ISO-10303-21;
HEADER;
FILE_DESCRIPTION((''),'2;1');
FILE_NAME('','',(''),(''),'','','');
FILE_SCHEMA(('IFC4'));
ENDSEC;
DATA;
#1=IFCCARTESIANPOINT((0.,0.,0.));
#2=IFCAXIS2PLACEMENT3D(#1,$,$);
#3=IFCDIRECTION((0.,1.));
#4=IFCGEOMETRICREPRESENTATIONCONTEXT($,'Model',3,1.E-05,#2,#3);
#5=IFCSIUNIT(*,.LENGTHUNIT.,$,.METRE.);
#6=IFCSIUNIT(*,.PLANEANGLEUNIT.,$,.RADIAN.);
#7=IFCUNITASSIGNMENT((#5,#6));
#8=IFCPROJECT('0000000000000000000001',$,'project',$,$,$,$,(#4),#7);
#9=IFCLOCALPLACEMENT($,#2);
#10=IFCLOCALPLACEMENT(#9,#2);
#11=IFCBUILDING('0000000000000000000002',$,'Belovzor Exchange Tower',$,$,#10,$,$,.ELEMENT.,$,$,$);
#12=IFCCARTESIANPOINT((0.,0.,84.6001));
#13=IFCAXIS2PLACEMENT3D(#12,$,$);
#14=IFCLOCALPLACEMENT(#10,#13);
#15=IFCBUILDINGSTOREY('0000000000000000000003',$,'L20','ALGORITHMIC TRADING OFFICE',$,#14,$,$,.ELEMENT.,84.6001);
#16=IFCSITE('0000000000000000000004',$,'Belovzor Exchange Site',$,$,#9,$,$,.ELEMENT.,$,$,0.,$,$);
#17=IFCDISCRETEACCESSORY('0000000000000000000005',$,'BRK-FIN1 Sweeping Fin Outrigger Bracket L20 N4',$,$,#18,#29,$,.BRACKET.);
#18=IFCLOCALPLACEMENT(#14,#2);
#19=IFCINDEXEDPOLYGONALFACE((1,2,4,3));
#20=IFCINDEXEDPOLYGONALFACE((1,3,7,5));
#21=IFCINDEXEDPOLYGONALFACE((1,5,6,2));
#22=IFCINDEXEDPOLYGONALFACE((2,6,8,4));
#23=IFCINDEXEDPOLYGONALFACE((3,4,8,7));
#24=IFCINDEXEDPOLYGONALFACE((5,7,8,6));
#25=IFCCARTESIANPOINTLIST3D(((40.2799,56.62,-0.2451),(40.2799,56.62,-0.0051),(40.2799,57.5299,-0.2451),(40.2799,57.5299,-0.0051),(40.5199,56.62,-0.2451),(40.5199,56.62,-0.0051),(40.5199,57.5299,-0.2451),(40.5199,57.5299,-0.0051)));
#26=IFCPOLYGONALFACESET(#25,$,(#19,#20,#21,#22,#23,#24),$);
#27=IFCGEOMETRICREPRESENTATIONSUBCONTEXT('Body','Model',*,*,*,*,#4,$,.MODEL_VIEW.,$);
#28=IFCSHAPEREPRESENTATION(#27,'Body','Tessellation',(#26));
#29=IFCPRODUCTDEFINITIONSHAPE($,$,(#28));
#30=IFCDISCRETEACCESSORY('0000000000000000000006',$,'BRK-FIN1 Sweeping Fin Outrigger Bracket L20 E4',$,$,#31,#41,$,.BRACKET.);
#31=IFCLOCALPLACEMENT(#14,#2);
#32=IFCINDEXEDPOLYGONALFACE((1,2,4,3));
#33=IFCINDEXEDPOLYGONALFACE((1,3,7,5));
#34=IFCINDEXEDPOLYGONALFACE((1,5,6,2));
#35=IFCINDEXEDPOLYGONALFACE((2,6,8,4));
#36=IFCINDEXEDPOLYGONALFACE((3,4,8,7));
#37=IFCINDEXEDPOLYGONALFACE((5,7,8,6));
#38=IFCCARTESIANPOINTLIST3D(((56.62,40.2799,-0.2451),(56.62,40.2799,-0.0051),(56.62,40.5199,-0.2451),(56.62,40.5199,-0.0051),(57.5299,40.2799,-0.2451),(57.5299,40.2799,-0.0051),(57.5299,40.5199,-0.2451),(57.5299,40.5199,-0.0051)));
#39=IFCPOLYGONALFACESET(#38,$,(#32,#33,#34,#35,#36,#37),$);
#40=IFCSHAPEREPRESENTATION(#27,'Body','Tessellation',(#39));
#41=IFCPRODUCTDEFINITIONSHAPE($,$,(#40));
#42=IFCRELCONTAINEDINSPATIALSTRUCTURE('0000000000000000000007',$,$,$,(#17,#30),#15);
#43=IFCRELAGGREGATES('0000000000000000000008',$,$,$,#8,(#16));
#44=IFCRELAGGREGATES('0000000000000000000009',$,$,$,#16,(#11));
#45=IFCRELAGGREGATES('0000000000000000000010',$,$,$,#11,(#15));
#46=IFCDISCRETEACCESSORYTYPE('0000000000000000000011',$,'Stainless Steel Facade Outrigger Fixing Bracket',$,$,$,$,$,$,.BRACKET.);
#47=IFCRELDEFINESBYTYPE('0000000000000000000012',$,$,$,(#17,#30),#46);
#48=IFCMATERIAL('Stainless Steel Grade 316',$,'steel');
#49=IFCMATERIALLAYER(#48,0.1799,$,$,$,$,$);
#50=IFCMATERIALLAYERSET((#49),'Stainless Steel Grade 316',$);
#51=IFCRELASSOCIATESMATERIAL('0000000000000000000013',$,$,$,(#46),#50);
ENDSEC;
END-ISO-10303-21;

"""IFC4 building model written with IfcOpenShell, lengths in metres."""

from ifc_helpers import new_model, si_unit, direction, frame, origin, origin_2d, place, context, subcontext, project, spatial, rectangle, extrude, material, layer, layer_set, type_object, element, save


model = new_model("IFC4")

# Units and contexts
model_context = context("Model", 3, precision=1e-05, world=origin(), true_north=direction((0.0, 1.0)))
body_context = subcontext(model_context, "Body", "Model", "MODEL_VIEW")
ifc_project = project(units=[si_unit("LENGTHUNIT", "METRE"), si_unit("PLANEANGLEUNIT", "RADIAN")], contexts=[model_context])

# Site, building, storey
site_placement = place(None, origin())
site = spatial("IfcSite", under=ifc_project, at=site_placement, Name="Belovzor Exchange Site", CompositionType="ELEMENT", RefElevation=0.0)
building_placement = place(site_placement, origin())
building = spatial("IfcBuilding", under=site, at=building_placement, Name="Belovzor Exchange Tower", CompositionType="ELEMENT")
storey_placement = place(building_placement, frame((0.0, 0.0, 84.6001)))
storey = spatial("IfcBuildingStorey", under=building, at=storey_placement, Name="L20", Description="ALGORITHMIC TRADING OFFICE", CompositionType="ELEMENT", Elevation=84.6001)

# Discrete accessories
ifc_material_1 = material(Name="Stainless Steel Grade 316", Category="steel")
ifc_layer_1 = layer(ifc_material_1, 0.1799)
ifc_layer_set_1 = layer_set([ifc_layer_1], Name="Stainless Steel Grade 316")
discrete_accessory_type = type_object("IfcDiscreteAccessoryType", Name="Stainless Steel Facade Outrigger Fixing Bracket", PredefinedType="BRACKET", material=ifc_layer_set_1)
for number, where, z_axis, x_axis, name in (
    (1, (40.3999, 57.075, -0.2451), (0.0, 0.0, 1.0), (0.0, 1.0, 0.0), "BRK-FIN1 Sweeping Fin Outrigger Bracket L20 N4"),
    (2, (57.075, 40.3999, -0.2451), (0.0, 0.0, 1.0), (1.0, 0.0, 0.0), "BRK-FIN1 Sweeping Fin Outrigger Bracket L20 E4"),
):
    element("IfcDiscreteAccessory", number, at=place(storey_placement, frame(where, z_axis=z_axis, x_axis=x_axis)), inside=storey, type_object=discrete_accessory_type, Name=name, PredefinedType="BRACKET", context=body_context, shape_type="SweptSolid", body=[
        extrude(rectangle(XDim=0.9099, YDim=0.24, at=origin_2d()), origin(), (0.0, 0.0, 1.0), 0.24),
    ])

save(model, "model.ifc")
